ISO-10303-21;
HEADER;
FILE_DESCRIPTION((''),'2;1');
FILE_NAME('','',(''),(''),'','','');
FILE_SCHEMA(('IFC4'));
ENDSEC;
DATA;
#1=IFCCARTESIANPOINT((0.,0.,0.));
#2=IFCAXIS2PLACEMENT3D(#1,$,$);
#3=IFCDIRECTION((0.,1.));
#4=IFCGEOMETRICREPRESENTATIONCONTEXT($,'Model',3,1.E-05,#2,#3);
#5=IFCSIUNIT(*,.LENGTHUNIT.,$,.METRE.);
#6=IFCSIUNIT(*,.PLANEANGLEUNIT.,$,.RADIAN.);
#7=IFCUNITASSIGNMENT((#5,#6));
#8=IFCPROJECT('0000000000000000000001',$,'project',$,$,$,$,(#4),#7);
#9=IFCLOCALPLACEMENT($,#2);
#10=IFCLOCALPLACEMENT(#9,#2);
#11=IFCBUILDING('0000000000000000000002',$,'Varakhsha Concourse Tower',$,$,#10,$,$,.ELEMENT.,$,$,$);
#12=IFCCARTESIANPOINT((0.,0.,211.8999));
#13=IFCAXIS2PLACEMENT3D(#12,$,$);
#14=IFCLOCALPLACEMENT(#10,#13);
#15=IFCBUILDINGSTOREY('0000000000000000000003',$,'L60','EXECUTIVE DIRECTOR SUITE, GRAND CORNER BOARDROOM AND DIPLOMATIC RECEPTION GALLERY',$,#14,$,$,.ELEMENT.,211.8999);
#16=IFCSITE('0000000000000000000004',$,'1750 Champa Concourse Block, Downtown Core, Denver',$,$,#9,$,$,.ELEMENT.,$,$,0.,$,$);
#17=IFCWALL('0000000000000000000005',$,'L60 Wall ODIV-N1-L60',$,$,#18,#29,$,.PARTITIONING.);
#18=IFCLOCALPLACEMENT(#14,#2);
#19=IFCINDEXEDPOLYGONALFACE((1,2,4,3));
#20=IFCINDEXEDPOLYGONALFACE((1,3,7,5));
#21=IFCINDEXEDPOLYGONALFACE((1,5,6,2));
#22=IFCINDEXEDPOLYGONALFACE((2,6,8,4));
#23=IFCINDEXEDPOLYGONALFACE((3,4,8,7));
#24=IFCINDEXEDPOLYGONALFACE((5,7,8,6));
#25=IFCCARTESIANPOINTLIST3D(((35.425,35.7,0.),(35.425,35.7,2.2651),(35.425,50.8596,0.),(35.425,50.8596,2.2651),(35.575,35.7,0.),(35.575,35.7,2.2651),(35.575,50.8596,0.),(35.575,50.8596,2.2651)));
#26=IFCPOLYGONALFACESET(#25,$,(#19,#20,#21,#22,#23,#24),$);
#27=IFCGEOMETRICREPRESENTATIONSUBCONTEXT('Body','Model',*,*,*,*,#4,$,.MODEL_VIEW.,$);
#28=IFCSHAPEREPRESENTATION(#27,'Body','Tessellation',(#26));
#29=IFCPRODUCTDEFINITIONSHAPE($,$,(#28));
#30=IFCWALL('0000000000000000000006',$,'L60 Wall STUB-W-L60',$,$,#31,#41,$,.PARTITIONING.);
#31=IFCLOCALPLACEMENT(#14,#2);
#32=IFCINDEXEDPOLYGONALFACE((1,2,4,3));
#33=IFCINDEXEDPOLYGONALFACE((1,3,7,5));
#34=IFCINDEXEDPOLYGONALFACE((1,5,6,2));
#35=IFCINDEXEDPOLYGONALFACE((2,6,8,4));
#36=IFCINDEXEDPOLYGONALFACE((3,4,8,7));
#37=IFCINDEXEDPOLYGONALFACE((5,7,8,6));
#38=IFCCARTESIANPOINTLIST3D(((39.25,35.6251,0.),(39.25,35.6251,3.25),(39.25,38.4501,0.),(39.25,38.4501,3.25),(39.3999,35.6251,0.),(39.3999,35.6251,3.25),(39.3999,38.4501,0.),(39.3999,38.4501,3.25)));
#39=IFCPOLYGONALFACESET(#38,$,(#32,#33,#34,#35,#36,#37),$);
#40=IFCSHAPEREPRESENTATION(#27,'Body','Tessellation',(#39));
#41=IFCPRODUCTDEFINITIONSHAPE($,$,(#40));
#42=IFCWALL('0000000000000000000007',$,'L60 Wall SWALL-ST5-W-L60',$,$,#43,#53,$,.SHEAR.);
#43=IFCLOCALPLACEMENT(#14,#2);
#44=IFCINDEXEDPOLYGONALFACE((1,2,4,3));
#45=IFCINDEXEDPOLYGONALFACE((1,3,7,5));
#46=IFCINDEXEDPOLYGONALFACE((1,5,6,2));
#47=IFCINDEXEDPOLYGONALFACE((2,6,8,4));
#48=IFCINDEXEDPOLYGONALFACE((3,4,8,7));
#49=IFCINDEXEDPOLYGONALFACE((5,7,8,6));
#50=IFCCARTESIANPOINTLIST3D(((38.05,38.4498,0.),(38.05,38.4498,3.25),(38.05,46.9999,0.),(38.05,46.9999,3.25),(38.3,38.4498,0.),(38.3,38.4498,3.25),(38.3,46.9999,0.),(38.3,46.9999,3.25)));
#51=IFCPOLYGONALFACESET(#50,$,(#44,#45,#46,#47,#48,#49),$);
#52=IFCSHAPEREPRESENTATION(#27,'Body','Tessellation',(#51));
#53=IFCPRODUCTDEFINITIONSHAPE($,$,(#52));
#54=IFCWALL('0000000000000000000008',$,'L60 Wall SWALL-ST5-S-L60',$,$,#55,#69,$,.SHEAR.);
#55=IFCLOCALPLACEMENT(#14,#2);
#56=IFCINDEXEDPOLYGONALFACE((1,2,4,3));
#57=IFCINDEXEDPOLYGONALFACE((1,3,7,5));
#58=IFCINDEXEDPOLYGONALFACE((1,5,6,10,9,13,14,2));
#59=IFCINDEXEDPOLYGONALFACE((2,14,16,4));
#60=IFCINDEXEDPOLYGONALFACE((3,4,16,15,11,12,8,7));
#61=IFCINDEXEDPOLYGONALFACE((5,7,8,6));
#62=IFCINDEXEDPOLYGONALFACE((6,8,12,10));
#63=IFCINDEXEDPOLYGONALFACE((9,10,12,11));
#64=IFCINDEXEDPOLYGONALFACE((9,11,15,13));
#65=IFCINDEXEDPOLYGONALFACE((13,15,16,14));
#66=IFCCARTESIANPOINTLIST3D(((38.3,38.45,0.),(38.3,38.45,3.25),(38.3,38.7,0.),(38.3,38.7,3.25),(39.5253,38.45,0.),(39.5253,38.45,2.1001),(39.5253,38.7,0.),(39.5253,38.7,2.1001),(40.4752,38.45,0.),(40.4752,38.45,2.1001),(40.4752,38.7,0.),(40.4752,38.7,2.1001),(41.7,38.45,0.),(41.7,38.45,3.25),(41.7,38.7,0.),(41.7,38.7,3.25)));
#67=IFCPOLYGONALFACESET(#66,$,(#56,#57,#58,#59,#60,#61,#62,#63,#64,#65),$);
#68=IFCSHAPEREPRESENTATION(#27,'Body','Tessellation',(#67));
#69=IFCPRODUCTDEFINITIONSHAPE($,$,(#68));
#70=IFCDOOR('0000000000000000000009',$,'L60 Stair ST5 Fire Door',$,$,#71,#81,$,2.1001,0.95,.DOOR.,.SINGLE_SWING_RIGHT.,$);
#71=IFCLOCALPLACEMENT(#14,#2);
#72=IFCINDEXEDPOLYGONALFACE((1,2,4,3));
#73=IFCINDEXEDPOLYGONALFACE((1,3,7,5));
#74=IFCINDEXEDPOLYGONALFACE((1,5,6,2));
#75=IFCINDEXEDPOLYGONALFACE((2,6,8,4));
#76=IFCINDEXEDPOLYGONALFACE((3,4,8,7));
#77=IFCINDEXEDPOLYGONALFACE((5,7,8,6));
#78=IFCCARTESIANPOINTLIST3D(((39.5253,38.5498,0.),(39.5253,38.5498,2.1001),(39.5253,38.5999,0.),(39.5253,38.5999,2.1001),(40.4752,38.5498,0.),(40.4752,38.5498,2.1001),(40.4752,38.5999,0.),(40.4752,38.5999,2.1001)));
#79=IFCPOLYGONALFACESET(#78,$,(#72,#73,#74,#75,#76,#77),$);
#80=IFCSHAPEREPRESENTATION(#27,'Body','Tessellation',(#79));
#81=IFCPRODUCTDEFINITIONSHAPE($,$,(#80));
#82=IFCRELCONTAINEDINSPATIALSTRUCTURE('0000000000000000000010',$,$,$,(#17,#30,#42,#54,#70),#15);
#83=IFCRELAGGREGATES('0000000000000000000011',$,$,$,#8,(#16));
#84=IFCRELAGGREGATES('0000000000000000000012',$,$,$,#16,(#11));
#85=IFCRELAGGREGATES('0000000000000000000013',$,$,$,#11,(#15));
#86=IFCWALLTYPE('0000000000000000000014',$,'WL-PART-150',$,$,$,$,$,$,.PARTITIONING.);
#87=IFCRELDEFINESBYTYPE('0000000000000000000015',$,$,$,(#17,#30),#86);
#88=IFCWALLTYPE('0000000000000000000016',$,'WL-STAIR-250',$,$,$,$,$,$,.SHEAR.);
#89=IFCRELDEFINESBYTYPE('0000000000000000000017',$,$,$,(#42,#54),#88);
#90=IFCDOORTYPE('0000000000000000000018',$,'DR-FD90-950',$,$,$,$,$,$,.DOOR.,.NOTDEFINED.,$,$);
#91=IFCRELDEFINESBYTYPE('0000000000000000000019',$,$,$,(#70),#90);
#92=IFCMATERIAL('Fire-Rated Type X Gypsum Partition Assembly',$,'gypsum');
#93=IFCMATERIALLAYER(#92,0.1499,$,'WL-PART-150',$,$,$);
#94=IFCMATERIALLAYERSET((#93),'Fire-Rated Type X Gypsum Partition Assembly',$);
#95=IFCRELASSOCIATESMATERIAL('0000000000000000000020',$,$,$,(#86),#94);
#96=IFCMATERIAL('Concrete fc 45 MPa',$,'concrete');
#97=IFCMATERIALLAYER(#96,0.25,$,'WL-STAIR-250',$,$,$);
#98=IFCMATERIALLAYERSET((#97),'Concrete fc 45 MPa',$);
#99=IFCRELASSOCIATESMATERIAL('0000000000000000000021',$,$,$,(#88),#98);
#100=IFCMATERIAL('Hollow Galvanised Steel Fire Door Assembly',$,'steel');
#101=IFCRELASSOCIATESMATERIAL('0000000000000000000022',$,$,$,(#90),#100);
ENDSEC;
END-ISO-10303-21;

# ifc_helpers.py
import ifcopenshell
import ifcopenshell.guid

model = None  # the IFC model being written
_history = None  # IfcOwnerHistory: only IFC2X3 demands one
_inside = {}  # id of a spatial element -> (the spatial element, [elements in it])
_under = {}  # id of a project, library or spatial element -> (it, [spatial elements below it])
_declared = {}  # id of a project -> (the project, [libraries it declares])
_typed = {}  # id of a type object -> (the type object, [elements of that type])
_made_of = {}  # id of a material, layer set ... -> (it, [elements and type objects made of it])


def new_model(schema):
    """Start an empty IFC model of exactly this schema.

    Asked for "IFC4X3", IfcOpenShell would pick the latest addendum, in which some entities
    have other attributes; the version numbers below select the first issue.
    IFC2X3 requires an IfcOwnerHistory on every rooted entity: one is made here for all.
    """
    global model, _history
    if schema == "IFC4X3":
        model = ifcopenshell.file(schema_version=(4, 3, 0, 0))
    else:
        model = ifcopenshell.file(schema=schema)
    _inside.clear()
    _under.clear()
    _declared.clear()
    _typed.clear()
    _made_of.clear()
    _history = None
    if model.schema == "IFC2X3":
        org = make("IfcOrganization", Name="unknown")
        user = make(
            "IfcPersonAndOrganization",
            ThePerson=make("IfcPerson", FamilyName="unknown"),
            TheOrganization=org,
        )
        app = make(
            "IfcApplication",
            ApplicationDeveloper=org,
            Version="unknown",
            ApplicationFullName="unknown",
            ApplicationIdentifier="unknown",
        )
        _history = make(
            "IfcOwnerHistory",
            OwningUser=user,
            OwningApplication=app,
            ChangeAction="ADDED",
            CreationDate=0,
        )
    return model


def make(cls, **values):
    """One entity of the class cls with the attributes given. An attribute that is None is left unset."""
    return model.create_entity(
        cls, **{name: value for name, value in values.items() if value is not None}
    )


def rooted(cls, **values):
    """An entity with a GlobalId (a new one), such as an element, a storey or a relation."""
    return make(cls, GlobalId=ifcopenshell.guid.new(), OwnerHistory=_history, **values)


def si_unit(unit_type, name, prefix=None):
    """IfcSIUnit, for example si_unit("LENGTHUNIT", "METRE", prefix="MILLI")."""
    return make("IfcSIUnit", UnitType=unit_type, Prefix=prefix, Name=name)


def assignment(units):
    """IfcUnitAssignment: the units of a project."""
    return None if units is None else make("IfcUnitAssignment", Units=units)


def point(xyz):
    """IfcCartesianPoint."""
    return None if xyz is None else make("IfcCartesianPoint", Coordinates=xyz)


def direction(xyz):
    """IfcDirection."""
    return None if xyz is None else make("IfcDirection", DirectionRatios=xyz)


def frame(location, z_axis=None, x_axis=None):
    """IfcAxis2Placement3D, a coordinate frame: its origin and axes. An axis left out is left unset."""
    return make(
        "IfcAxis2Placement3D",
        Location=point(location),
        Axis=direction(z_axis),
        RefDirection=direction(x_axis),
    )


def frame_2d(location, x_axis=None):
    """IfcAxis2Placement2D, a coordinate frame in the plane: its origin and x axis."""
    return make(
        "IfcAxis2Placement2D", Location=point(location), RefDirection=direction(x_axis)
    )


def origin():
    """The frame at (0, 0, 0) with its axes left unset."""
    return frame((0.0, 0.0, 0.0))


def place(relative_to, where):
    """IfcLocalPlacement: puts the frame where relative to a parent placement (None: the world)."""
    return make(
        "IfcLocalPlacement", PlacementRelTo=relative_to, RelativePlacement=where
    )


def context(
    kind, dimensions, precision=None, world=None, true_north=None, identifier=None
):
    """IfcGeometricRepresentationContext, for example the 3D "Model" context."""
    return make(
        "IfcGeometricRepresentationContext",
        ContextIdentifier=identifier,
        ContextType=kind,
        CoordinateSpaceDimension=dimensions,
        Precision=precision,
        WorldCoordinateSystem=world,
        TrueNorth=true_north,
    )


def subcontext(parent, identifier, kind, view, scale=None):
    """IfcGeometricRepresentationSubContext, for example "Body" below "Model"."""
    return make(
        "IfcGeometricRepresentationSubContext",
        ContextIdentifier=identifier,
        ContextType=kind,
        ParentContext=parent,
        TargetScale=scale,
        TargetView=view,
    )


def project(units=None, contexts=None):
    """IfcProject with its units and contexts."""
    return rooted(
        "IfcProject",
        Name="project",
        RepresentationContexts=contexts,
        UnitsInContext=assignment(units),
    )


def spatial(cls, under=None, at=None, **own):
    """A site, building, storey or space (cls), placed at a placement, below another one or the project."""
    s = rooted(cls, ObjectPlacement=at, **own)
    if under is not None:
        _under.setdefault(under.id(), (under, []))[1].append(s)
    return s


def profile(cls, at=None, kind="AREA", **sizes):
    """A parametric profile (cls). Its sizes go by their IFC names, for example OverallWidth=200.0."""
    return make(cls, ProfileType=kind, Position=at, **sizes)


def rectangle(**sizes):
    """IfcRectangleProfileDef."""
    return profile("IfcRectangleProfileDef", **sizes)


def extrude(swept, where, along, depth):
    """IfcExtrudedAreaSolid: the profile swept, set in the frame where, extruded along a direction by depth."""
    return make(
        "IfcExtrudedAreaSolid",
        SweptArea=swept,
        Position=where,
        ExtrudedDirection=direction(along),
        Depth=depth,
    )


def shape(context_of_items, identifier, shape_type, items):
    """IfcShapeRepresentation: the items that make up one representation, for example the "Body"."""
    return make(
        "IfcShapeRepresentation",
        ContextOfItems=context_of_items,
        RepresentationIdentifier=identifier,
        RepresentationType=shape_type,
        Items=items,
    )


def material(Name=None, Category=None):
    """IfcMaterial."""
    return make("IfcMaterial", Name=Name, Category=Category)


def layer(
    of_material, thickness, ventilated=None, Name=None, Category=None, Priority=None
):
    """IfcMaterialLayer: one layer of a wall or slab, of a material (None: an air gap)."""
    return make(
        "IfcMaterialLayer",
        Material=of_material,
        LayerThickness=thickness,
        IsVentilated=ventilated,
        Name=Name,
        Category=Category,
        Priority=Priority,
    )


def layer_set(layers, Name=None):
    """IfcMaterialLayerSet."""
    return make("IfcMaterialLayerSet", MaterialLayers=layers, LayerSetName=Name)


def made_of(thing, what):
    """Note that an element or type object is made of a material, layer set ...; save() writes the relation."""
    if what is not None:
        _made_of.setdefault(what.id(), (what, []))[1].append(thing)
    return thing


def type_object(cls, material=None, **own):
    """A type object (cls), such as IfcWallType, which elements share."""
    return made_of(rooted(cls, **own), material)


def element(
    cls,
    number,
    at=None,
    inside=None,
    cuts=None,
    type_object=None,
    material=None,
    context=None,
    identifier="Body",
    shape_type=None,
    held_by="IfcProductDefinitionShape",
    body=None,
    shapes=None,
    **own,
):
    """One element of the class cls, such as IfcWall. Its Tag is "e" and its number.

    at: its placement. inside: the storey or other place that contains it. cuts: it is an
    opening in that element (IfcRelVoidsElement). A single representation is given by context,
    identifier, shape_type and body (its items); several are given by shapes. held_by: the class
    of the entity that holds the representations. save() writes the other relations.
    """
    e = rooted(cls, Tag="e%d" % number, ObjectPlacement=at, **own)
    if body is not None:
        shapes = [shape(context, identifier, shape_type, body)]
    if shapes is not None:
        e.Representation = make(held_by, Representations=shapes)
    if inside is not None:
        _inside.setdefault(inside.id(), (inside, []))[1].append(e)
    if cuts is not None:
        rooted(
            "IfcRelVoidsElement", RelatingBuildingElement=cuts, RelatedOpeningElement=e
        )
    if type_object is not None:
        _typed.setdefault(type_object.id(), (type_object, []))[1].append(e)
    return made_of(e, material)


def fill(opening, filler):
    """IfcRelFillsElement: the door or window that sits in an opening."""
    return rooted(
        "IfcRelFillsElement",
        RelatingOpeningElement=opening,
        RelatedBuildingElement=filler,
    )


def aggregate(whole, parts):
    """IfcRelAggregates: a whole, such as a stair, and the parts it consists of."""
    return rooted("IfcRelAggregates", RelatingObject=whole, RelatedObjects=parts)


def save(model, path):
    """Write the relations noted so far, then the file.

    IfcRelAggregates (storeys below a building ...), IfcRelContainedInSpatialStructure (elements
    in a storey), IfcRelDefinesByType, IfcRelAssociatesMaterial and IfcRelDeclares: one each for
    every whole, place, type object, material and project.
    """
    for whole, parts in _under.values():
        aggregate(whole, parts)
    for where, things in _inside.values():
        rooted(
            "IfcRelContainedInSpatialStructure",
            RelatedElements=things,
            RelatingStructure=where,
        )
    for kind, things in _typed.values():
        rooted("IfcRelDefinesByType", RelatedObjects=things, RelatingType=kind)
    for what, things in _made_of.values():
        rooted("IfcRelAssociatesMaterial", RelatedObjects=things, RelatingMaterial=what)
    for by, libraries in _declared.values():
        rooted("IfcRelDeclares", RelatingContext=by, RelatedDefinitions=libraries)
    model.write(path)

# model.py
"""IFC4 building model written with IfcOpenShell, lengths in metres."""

from ifc_helpers import new_model, si_unit, direction, frame, frame_2d, origin, place, context, subcontext, project, spatial, rectangle, extrude, material, layer, layer_set, type_object, element, fill, save


model = new_model("IFC4")

# Units and contexts
model_context = context("Model", 3, precision=1e-05, world=origin(), true_north=direction((0.0, 1.0)))
body_context = subcontext(model_context, "Body", "Model", "MODEL_VIEW")
ifc_project = project(units=[si_unit("LENGTHUNIT", "METRE"), si_unit("PLANEANGLEUNIT", "RADIAN")], contexts=[model_context])

# Site, building, storey
site_placement = place(None, origin())
site = spatial("IfcSite", under=ifc_project, at=site_placement, Name="1750 Champa Concourse Block, Downtown Core, Denver", CompositionType="ELEMENT", RefElevation=0.0)
building_placement = place(site_placement, origin())
building = spatial("IfcBuilding", under=site, at=building_placement, Name="Varakhsha Concourse Tower", CompositionType="ELEMENT")
storey_placement = place(building_placement, frame((0.0, 0.0, 211.8999)))
storey = spatial("IfcBuildingStorey", under=building, at=storey_placement, Name="L60", Description="EXECUTIVE DIRECTOR SUITE, GRAND CORNER BOARDROOM AND DIPLOMATIC RECEPTION GALLERY", CompositionType="ELEMENT", Elevation=211.8999)

# Shared definitions
ifc_material_1 = material(Name="Fire-Rated Type X Gypsum Partition Assembly", Category="gypsum")
ifc_layer_1 = layer(ifc_material_1, 0.1499, Name="WL-PART-150")
ifc_layer_set_1 = layer_set([ifc_layer_1], Name="Fire-Rated Type X Gypsum Partition Assembly")
wall_type_1 = type_object("IfcWallType", Name="WL-PART-150", PredefinedType="PARTITIONING", material=ifc_layer_set_1)
ifc_material_2 = material(Name="Hollow Galvanised Steel Fire Door Assembly", Category="steel")

# Walls
wall_1_placement = place(storey_placement, frame((35.5, 35.7, 0.0), z_axis=(0.0, 0.0, 1.0), x_axis=(0.0, 1.0, 0.0)))
element("IfcWall", 1, at=wall_1_placement, inside=storey, type_object=wall_type_1, Name="L60 Wall ODIV-N1-L60", PredefinedType="PARTITIONING", context=body_context, shape_type="SweptSolid", body=[
    extrude(rectangle(XDim=15.1597, YDim=0.1499, at=frame_2d((7.5798, 0.0))), origin(), (0.0, 0.0, 1.0), 2.2651),
])
wall_2_placement = place(storey_placement, frame((39.325, 35.625, 0.0), z_axis=(0.0, 0.0, 1.0), x_axis=(0.0, 1.0, 0.0)))
element("IfcWall", 2, at=wall_2_placement, inside=storey, type_object=wall_type_1, Name="L60 Wall STUB-W-L60", PredefinedType="PARTITIONING", context=body_context, shape_type="SweptSolid", body=[
    extrude(rectangle(XDim=2.825, YDim=0.1499, at=frame_2d((1.4126, 0.0))), origin(), (0.0, 0.0, 1.0), 3.25),
])
ifc_material_3 = material(Name="Concrete fc 45 MPa", Category="concrete")
ifc_layer_2 = layer(ifc_material_3, 0.25, Name="WL-STAIR-250")
ifc_layer_set_2 = layer_set([ifc_layer_2], Name="Concrete fc 45 MPa")
wall_type_2 = type_object("IfcWallType", Name="WL-STAIR-250", PredefinedType="SHEAR", material=ifc_layer_set_2)
wall_3_placement = place(storey_placement, frame((38.175, 38.45, 0.0), z_axis=(0.0, 0.0, 1.0), x_axis=(0.0, 1.0, 0.0)))
element("IfcWall", 3, at=wall_3_placement, inside=storey, type_object=wall_type_2, Name="L60 Wall SWALL-ST5-W-L60", PredefinedType="SHEAR", context=body_context, shape_type="SweptSolid", body=[
    extrude(rectangle(XDim=8.55, YDim=0.25, at=frame_2d((4.2749, 0.0))), origin(), (0.0, 0.0, 1.0), 3.25),
])

# Wall, opening, door
wall_4_placement = place(storey_placement, frame((38.3, 38.575, 0.0), z_axis=(0.0, 0.0, 1.0), x_axis=(1.0, 0.0, 0.0)))
wall_4 = element("IfcWall", 4, at=wall_4_placement, inside=storey, type_object=wall_type_2, Name="L60 Wall SWALL-ST5-S-L60", PredefinedType="SHEAR", context=body_context, shape_type="SweptSolid", body=[
    extrude(rectangle(XDim=3.3999, YDim=0.25, at=frame_2d((1.7, 0.0))), origin(), (0.0, 0.0, 1.0), 3.25),
])
opening_1_placement = place(wall_4_placement, frame((1.2251, 0.0, 0.0)))
opening_1 = element("IfcOpeningElement", 5, at=opening_1_placement, cuts=wall_4, PredefinedType="OPENING", context=body_context, shape_type="SweptSolid", body=[
    extrude(rectangle(XDim=0.95, YDim=2.1001, at=frame_2d((0.4751, 1.05))), frame((0.0, 0.135, 0.0), z_axis=(0.0, -1.0, 0.0), x_axis=(1.0, 0.0, 0.0)), (0.0, 0.0, 1.0), 0.27),
])
door_type_1 = type_object("IfcDoorType", Name="DR-FD90-950", OperationType="NOTDEFINED", PredefinedType="DOOR", material=ifc_material_2)
door_1_placement = place(opening_1_placement, origin())
door_1 = element("IfcDoor", 6, at=door_1_placement, inside=storey, type_object=door_type_1, Name="L60 Stair ST5 Fire Door", OperationType="SINGLE_SWING_RIGHT", OverallHeight=2.1001, OverallWidth=0.95, PredefinedType="DOOR", context=body_context, shape_type="SweptSolid", body=[
    extrude(rectangle(XDim=0.95, YDim=2.1001, at=frame_2d((0.4751, 1.05))), frame((0.0, 0.0249, 0.0), z_axis=(0.0, -1.0, 0.0), x_axis=(1.0, 0.0, 0.0)), (0.0, 0.0, 1.0), 0.05),
])
fill(opening_1, door_1)

save(model, "model.ifc")
